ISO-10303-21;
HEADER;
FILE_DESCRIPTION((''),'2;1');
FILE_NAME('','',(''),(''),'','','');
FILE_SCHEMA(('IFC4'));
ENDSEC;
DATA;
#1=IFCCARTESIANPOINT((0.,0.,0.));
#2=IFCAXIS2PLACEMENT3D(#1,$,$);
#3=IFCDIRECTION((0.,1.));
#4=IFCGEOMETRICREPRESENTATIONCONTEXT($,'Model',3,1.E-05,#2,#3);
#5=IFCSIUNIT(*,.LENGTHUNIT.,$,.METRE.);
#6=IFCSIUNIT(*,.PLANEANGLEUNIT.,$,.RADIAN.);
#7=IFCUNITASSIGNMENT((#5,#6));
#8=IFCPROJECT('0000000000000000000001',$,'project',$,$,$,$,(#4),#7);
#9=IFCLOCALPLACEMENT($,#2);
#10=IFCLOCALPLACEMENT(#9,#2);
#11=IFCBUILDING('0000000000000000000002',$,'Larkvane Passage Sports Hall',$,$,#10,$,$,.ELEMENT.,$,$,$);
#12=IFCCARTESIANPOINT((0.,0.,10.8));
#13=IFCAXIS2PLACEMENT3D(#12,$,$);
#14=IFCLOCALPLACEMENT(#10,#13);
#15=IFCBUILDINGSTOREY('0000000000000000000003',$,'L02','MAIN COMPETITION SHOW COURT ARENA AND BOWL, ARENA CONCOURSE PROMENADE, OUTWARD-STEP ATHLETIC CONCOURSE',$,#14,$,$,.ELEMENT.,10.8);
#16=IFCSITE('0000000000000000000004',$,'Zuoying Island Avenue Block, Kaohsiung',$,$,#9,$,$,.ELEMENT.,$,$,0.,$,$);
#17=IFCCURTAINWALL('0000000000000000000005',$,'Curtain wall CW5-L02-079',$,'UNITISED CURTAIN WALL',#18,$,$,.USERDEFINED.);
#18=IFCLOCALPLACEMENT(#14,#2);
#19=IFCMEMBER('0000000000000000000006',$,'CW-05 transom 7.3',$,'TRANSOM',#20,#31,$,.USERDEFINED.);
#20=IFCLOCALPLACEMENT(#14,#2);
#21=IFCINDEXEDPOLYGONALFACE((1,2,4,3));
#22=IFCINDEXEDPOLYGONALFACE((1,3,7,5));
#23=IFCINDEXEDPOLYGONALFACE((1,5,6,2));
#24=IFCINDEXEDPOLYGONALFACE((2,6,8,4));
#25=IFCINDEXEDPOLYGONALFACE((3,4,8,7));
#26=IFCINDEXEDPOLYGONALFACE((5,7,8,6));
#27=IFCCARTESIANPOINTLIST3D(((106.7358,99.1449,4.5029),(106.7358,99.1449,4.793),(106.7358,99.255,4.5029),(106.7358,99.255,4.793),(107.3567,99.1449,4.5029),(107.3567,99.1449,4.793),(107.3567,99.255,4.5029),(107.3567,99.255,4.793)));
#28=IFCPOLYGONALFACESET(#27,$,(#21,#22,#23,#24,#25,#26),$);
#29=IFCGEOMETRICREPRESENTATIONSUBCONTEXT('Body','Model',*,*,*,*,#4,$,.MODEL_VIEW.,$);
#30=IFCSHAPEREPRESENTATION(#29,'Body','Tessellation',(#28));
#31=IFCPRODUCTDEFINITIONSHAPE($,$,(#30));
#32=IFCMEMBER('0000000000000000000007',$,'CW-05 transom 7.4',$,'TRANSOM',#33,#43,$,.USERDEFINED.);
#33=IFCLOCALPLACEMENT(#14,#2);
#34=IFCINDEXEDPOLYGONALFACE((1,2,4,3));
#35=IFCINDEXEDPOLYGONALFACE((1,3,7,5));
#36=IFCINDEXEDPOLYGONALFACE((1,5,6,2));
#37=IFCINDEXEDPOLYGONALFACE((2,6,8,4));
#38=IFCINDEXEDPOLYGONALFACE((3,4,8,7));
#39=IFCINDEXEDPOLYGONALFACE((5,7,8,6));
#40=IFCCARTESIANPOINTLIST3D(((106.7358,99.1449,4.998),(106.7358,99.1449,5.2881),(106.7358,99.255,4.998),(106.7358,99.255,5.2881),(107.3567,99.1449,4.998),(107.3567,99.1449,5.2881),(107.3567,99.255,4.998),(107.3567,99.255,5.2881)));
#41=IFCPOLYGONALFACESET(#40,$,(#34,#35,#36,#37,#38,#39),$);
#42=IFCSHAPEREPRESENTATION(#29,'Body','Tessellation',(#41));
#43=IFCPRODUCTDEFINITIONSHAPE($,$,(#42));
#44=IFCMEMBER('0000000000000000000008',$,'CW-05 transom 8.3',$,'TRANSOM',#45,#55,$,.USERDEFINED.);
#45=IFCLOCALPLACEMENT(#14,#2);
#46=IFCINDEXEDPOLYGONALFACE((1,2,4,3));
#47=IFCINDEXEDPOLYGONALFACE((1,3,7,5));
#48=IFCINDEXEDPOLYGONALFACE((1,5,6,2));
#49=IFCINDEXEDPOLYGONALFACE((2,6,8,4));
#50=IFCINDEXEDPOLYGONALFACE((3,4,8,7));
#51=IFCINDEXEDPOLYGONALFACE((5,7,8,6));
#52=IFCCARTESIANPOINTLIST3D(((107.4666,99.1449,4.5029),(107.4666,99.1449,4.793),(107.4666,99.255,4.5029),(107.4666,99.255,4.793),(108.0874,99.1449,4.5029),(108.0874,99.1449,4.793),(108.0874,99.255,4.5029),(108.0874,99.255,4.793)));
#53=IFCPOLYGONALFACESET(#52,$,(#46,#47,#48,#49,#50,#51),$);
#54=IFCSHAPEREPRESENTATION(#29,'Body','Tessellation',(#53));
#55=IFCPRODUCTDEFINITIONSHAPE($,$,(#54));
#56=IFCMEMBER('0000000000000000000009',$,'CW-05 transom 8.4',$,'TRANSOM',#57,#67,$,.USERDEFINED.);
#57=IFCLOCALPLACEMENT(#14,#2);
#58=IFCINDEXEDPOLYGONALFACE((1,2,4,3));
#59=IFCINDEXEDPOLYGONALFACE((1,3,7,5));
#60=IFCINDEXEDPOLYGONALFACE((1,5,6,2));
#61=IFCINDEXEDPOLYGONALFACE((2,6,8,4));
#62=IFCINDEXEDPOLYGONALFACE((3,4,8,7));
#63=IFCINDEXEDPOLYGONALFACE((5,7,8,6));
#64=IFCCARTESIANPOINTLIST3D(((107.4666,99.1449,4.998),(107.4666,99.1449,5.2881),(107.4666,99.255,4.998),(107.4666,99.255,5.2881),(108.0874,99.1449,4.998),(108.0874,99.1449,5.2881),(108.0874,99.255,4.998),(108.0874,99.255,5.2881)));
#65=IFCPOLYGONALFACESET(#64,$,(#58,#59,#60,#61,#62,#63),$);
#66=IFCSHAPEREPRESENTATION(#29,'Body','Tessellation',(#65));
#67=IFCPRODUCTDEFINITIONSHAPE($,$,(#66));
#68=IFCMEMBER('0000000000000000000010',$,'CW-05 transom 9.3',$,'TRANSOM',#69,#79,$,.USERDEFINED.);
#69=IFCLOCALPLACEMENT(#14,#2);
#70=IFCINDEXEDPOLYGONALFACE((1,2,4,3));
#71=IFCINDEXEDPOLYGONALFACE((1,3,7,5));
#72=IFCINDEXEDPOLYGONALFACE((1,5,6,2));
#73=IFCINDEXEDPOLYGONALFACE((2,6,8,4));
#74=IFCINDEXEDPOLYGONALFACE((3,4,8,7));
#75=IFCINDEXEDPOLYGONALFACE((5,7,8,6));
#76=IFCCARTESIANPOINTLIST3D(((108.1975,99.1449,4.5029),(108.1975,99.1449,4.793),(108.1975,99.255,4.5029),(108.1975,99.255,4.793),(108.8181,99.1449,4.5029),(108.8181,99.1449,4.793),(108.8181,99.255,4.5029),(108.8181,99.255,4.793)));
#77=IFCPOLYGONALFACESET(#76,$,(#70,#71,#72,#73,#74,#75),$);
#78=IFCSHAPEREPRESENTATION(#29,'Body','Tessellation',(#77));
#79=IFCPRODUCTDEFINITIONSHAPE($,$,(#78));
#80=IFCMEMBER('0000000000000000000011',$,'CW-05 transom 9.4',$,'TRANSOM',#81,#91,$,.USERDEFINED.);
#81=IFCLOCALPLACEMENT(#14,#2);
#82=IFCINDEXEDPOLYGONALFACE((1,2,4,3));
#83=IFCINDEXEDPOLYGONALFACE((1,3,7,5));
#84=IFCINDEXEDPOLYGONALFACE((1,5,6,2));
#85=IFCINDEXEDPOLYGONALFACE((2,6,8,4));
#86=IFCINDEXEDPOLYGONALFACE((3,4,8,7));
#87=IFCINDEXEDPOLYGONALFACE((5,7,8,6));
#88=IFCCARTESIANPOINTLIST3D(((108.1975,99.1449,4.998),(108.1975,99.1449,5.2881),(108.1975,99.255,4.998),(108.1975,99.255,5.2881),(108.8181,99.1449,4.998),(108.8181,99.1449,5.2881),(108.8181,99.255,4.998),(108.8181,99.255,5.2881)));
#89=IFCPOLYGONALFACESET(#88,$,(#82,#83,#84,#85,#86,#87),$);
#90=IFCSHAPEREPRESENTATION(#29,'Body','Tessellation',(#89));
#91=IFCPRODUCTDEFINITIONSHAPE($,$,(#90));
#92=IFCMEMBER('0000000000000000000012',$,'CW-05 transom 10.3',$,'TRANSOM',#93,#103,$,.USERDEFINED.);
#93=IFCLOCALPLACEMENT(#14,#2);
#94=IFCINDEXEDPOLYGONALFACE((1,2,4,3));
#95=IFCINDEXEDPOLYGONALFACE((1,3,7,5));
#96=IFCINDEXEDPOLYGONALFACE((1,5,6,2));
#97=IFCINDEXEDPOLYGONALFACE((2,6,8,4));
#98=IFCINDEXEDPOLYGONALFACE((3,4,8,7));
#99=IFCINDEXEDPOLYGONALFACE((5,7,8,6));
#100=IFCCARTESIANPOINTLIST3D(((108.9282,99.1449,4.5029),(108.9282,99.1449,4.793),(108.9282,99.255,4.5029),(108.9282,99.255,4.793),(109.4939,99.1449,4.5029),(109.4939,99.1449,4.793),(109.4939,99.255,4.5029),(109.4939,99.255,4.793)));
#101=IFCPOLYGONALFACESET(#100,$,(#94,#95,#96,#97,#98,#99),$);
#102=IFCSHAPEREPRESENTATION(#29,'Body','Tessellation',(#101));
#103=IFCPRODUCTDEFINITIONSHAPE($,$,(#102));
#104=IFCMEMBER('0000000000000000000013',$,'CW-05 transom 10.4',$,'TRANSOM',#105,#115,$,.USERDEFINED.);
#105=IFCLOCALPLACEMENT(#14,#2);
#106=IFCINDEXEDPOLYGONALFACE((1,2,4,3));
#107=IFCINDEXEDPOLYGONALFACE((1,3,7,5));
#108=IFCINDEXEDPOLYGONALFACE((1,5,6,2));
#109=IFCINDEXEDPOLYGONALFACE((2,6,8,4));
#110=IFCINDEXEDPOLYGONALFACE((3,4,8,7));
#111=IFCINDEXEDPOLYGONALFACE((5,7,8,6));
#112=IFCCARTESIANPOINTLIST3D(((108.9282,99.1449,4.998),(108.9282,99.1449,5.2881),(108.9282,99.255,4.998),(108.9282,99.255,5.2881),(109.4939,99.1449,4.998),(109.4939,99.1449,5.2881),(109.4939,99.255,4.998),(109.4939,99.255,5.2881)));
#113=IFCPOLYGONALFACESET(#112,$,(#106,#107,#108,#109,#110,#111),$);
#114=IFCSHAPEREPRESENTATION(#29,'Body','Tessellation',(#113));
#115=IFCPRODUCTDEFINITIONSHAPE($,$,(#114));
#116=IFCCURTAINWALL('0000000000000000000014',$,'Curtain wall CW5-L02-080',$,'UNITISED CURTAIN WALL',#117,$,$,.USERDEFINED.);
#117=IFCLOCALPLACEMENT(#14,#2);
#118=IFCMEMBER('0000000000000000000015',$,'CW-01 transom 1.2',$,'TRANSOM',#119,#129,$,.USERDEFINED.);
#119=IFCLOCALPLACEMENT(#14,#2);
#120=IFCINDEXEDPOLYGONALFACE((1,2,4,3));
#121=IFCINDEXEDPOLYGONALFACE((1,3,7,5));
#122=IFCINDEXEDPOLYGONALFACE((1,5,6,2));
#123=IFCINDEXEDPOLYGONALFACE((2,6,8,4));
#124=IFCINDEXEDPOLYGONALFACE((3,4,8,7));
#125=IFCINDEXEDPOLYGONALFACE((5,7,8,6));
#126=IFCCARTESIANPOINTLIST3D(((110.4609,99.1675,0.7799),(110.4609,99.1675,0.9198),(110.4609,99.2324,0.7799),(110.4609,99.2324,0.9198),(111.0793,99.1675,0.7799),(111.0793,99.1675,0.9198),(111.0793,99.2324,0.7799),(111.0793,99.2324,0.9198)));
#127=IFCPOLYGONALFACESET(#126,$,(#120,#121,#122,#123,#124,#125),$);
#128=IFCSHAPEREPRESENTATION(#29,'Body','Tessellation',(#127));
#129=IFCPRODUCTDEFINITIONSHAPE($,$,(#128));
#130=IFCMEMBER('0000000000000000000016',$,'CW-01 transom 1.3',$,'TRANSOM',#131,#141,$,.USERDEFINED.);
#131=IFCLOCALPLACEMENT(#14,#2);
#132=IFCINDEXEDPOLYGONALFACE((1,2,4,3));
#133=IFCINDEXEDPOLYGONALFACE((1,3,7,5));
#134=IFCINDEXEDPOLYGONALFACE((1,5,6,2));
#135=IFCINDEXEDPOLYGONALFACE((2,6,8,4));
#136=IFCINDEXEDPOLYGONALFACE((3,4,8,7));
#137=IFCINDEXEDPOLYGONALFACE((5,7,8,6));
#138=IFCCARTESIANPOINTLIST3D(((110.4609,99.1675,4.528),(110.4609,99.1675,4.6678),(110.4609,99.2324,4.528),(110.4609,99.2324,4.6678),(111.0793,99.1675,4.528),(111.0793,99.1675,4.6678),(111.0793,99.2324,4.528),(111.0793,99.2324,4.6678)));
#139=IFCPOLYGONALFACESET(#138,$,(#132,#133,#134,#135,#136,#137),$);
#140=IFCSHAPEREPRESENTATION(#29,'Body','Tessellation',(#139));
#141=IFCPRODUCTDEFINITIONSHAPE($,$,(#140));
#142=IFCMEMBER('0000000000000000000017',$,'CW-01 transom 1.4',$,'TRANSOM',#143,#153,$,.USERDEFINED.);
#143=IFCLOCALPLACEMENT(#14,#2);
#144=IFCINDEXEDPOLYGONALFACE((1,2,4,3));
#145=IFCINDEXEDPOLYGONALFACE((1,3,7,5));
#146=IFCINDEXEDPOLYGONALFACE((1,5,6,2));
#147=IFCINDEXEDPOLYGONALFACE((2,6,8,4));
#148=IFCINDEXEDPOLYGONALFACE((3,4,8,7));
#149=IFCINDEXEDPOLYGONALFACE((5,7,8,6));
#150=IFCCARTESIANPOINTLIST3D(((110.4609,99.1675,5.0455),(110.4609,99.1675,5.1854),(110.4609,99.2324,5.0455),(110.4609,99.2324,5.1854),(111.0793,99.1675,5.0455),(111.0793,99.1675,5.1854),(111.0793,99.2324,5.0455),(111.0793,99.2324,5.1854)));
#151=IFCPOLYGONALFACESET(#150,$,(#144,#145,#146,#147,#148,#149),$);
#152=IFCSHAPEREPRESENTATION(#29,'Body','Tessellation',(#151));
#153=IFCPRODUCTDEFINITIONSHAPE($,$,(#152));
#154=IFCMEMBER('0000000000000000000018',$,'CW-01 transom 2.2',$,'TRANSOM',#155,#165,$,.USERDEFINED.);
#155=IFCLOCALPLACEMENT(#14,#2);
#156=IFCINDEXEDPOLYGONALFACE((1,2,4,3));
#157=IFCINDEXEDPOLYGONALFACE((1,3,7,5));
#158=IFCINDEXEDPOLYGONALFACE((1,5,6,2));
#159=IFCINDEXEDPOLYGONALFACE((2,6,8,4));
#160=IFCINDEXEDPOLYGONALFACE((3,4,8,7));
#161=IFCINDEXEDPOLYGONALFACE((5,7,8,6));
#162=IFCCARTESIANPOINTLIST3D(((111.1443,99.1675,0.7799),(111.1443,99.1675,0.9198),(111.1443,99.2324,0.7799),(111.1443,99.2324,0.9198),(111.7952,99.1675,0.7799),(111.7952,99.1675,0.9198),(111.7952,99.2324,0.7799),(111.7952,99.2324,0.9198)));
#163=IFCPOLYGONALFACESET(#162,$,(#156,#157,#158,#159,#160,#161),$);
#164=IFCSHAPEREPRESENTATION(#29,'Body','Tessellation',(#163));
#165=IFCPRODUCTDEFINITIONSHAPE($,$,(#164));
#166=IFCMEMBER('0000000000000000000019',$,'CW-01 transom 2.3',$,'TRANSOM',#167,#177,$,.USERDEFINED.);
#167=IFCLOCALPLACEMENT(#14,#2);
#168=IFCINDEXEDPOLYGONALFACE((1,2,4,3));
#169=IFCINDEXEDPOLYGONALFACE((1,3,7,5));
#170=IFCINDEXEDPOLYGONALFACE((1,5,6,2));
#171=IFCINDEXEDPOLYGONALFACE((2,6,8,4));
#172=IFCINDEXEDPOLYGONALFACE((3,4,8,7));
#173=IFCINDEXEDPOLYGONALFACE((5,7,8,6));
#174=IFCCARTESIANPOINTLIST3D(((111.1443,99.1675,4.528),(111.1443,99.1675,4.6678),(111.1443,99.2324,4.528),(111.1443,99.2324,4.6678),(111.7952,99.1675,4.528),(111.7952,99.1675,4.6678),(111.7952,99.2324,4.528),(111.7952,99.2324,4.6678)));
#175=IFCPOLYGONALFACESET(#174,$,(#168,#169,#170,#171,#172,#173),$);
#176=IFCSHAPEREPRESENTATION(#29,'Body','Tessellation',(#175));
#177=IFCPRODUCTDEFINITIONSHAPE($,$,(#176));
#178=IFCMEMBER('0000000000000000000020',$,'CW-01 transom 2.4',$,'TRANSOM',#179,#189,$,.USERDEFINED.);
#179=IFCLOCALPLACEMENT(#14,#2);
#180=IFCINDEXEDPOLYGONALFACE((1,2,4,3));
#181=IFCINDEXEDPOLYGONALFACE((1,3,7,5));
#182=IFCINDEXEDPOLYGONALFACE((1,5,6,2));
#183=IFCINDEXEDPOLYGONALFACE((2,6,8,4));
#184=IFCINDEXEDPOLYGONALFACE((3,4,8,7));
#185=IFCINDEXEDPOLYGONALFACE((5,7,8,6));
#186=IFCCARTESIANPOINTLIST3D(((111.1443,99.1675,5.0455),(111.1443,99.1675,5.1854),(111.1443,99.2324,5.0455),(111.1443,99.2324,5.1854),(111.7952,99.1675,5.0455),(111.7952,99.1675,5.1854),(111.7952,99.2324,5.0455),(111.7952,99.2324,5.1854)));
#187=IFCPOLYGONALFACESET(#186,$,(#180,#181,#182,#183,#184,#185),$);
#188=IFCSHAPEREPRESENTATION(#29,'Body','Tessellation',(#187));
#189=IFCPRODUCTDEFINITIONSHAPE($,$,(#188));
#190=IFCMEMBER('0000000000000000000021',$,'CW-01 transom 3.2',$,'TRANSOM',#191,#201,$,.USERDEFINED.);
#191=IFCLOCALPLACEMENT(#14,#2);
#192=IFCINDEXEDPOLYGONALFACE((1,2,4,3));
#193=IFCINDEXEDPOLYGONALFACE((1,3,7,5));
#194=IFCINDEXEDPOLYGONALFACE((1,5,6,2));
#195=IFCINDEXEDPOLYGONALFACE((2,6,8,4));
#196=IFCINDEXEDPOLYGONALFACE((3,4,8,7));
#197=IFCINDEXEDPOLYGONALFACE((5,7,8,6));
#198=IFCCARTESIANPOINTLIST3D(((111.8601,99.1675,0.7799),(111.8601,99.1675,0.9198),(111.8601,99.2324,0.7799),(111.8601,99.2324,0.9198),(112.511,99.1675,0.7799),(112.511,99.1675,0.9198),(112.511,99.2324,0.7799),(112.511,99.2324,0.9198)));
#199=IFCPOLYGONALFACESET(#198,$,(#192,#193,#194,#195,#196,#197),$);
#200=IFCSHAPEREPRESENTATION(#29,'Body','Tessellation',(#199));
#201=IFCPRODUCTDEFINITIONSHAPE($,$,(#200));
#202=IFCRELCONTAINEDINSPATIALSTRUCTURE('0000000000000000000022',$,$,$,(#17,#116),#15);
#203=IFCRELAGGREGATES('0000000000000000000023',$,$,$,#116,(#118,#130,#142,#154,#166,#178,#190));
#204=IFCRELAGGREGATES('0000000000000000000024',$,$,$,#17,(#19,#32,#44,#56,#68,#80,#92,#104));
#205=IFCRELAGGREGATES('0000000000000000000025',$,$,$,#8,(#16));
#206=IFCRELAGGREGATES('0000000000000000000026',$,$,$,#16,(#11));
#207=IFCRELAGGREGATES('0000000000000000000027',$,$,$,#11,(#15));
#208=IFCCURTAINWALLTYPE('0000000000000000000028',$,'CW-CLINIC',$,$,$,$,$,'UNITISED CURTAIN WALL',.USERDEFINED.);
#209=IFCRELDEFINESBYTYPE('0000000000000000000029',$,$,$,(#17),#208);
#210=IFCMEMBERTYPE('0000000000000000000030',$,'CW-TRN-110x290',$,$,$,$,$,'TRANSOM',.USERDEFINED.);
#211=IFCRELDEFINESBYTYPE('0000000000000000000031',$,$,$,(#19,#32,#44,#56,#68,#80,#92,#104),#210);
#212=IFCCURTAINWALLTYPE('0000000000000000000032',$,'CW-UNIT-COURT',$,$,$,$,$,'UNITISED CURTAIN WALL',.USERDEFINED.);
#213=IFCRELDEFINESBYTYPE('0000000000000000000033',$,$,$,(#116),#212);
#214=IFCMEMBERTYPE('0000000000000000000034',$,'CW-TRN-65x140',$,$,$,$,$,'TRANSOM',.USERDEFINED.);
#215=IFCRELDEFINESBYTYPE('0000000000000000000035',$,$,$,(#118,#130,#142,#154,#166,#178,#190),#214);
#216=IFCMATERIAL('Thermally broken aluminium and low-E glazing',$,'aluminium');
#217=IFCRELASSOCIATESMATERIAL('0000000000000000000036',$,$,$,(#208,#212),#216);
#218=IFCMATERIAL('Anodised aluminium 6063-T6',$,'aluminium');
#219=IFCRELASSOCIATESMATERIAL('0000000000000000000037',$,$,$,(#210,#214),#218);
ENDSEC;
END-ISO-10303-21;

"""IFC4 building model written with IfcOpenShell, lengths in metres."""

from ifc_helpers import new_model, si_unit, direction, frame, origin, origin_2d, place, context, subcontext, project, spatial, rectangle, extrude, material, material_profile, profile_set, type_object, element, aggregate, save


model = new_model("IFC4")

# Units and contexts
model_context = context("Model", 3, precision=1e-05, world=origin(), true_north=direction((0.0, 1.0)))
body_context = subcontext(model_context, "Body", "Model", "MODEL_VIEW")
ifc_project = project(units=[si_unit("LENGTHUNIT", "METRE"), si_unit("PLANEANGLEUNIT", "RADIAN")], contexts=[model_context])

# Site, building, storey
site_placement = place(None, origin())
site = spatial("IfcSite", under=ifc_project, at=site_placement, Name="Zuoying Island Avenue Block, Kaohsiung", CompositionType="ELEMENT", RefElevation=0.0)
building_placement = place(site_placement, origin())
building = spatial("IfcBuilding", under=site, at=building_placement, Name="Larkvane Passage Sports Hall", CompositionType="ELEMENT")
storey_placement = place(building_placement, frame((0.0, 0.0, 10.8)))
storey = spatial("IfcBuildingStorey", under=building, at=storey_placement, Name="L02", Description="MAIN COMPETITION SHOW COURT ARENA AND BOWL, ARENA CONCOURSE PROMENADE, OUTWARD-STEP ATHLETIC CONCOURSE", CompositionType="ELEMENT", Elevation=10.8)

# Curtain wall, members
ifc_material_1 = material(Name="Thermally broken aluminium and low-E glazing", Category="aluminium")
curtain_wall_type_1 = type_object("IfcCurtainWallType", Name="CW-CLINIC", ElementType="UNITISED CURTAIN WALL", PredefinedType="USERDEFINED", material=ifc_material_1)
curtain_wall_1_placement = place(storey_placement, origin())
curtain_wall_1 = element("IfcCurtainWall", 1, at=curtain_wall_1_placement, inside=storey, type_object=curtain_wall_type_1, Name="Curtain wall CW5-L02-079", ObjectType="UNITISED CURTAIN WALL", PredefinedType="USERDEFINED")
ifc_material_2 = material(Name="Anodised aluminium 6063-T6", Category="aluminium")
ifc_material_profile_1 = material_profile(ifc_material_2, rectangle(XDim=0.1101, YDim=0.29, at=origin_2d()), Name="ALU-TRN-110x290")
ifc_profile_set_1 = profile_set([ifc_material_profile_1], Name="Anodised aluminium 6063-T6")
member_type_1 = type_object("IfcMemberType", Name="CW-TRN-110x290", ElementType="TRANSOM", PredefinedType="USERDEFINED", material=ifc_profile_set_1)
member_1_placement = place(storey_placement, frame((106.7358, 99.2, 4.6479), z_axis=(1.0, 0.0, 0.0), x_axis=(0.0, 1.0, 0.0)))
member_1 = element("IfcMember", 2, at=member_1_placement, type_object=member_type_1, Name="CW-05 transom 7.3", ObjectType="TRANSOM", PredefinedType="USERDEFINED", context=body_context, shape_type="SweptSolid", body=[
    extrude(rectangle(XDim=0.1101, YDim=0.29, at=origin_2d()), origin(), (0.0, 0.0, 1.0), 0.6208),
])
member_2_placement = place(storey_placement, frame((106.7358, 99.2, 5.1431), z_axis=(1.0, 0.0, 0.0), x_axis=(0.0, 1.0, 0.0)))
member_2 = element("IfcMember", 3, at=member_2_placement, type_object=member_type_1, Name="CW-05 transom 7.4", ObjectType="TRANSOM", PredefinedType="USERDEFINED", context=body_context, shape_type="SweptSolid", body=[
    extrude(rectangle(XDim=0.1101, YDim=0.29, at=origin_2d()), origin(), (0.0, 0.0, 1.0), 0.6208),
])
member_3_placement = place(storey_placement, frame((107.4666, 99.2, 4.6479), z_axis=(1.0, 0.0, 0.0), x_axis=(0.0, 1.0, 0.0)))
member_3 = element("IfcMember", 4, at=member_3_placement, type_object=member_type_1, Name="CW-05 transom 8.3", ObjectType="TRANSOM", PredefinedType="USERDEFINED", context=body_context, shape_type="SweptSolid", body=[
    extrude(rectangle(XDim=0.1101, YDim=0.29, at=origin_2d()), origin(), (0.0, 0.0, 1.0), 0.6208),
])
member_4_placement = place(storey_placement, frame((107.4666, 99.2, 5.1431), z_axis=(1.0, 0.0, 0.0), x_axis=(0.0, 1.0, 0.0)))
member_4 = element("IfcMember", 5, at=member_4_placement, type_object=member_type_1, Name="CW-05 transom 8.4", ObjectType="TRANSOM", PredefinedType="USERDEFINED", context=body_context, shape_type="SweptSolid", body=[
    extrude(rectangle(XDim=0.1101, YDim=0.29, at=origin_2d()), origin(), (0.0, 0.0, 1.0), 0.6208),
])
member_5_placement = place(storey_placement, frame((108.1975, 99.2, 4.6479), z_axis=(1.0, 0.0, 0.0), x_axis=(0.0, 1.0, 0.0)))
member_5 = element("IfcMember", 6, at=member_5_placement, type_object=member_type_1, Name="CW-05 transom 9.3", ObjectType="TRANSOM", PredefinedType="USERDEFINED", context=body_context, shape_type="SweptSolid", body=[
    extrude(rectangle(XDim=0.1101, YDim=0.29, at=origin_2d()), origin(), (0.0, 0.0, 1.0), 0.6206),
])
member_6_placement = place(storey_placement, frame((108.1975, 99.2, 5.1431), z_axis=(1.0, 0.0, 0.0), x_axis=(0.0, 1.0, 0.0)))
member_6 = element("IfcMember", 7, at=member_6_placement, type_object=member_type_1, Name="CW-05 transom 9.4", ObjectType="TRANSOM", PredefinedType="USERDEFINED", context=body_context, shape_type="SweptSolid", body=[
    extrude(rectangle(XDim=0.1101, YDim=0.29, at=origin_2d()), origin(), (0.0, 0.0, 1.0), 0.6206),
])
member_7_placement = place(storey_placement, frame((108.9282, 99.2, 4.6479), z_axis=(1.0, 0.0, 0.0), x_axis=(0.0, 1.0, 0.0)))
member_7 = element("IfcMember", 8, at=member_7_placement, type_object=member_type_1, Name="CW-05 transom 10.3", ObjectType="TRANSOM", PredefinedType="USERDEFINED", context=body_context, shape_type="SweptSolid", body=[
    extrude(rectangle(XDim=0.1101, YDim=0.29, at=origin_2d()), origin(), (0.0, 0.0, 1.0), 0.5657),
])
member_8_placement = place(storey_placement, frame((108.9282, 99.2, 5.1431), z_axis=(1.0, 0.0, 0.0), x_axis=(0.0, 1.0, 0.0)))
member_8 = element("IfcMember", 9, at=member_8_placement, type_object=member_type_1, Name="CW-05 transom 10.4", ObjectType="TRANSOM", PredefinedType="USERDEFINED", context=body_context, shape_type="SweptSolid", body=[
    extrude(rectangle(XDim=0.1101, YDim=0.29, at=origin_2d()), origin(), (0.0, 0.0, 1.0), 0.5657),
])

# Curtain wall, members
curtain_wall_type_2 = type_object("IfcCurtainWallType", Name="CW-UNIT-COURT", ElementType="UNITISED CURTAIN WALL", PredefinedType="USERDEFINED", material=ifc_material_1)
curtain_wall_2_placement = place(storey_placement, origin())
curtain_wall_2 = element("IfcCurtainWall", 10, at=curtain_wall_2_placement, inside=storey, type_object=curtain_wall_type_2, Name="Curtain wall CW5-L02-080", ObjectType="UNITISED CURTAIN WALL", PredefinedType="USERDEFINED")
ifc_material_profile_2 = material_profile(ifc_material_2, rectangle(XDim=0.0649, YDim=0.1399, at=origin_2d()), Name="ALU-TRN-65x140")
ifc_profile_set_2 = profile_set([ifc_material_profile_2], Name="Anodised aluminium 6063-T6")
member_type_2 = type_object("IfcMemberType", Name="CW-TRN-65x140", ElementType="TRANSOM", PredefinedType="USERDEFINED", material=ifc_profile_set_2)
member_9_placement = place(storey_placement, frame((110.4609, 99.2, 0.8499), z_axis=(1.0, 0.0, 0.0), x_axis=(0.0, 1.0, 0.0)))
member_9 = element("IfcMember", 11, at=member_9_placement, type_object=member_type_2, Name="CW-01 transom 1.2", ObjectType="TRANSOM", PredefinedType="USERDEFINED", context=body_context, shape_type="SweptSolid", body=[
    extrude(rectangle(XDim=0.0649, YDim=0.1399, at=origin_2d()), origin(), (0.0, 0.0, 1.0), 0.6184),
])
member_10_placement = place(storey_placement, frame((110.4609, 99.2, 4.5979), z_axis=(1.0, 0.0, 0.0), x_axis=(0.0, 1.0, 0.0)))
member_10 = element("IfcMember", 12, at=member_10_placement, type_object=member_type_2, Name="CW-01 transom 1.3", ObjectType="TRANSOM", PredefinedType="USERDEFINED", context=body_context, shape_type="SweptSolid", body=[
    extrude(rectangle(XDim=0.0649, YDim=0.1399, at=origin_2d()), origin(), (0.0, 0.0, 1.0), 0.6184),
])
member_11_placement = place(storey_placement, frame((110.4609, 99.2, 5.1155), z_axis=(1.0, 0.0, 0.0), x_axis=(0.0, 1.0, 0.0)))
member_11 = element("IfcMember", 13, at=member_11_placement, type_object=member_type_2, Name="CW-01 transom 1.4", ObjectType="TRANSOM", PredefinedType="USERDEFINED", context=body_context, shape_type="SweptSolid", body=[
    extrude(rectangle(XDim=0.0649, YDim=0.1399, at=origin_2d()), origin(), (0.0, 0.0, 1.0), 0.6184),
])
member_12_placement = place(storey_placement, frame((111.1443, 99.2, 0.8499), z_axis=(1.0, 0.0, 0.0), x_axis=(0.0, 1.0, 0.0)))
member_12 = element("IfcMember", 14, at=member_12_placement, type_object=member_type_2, Name="CW-01 transom 2.2", ObjectType="TRANSOM", PredefinedType="USERDEFINED", context=body_context, shape_type="SweptSolid", body=[
    extrude(rectangle(XDim=0.0649, YDim=0.1399, at=origin_2d()), origin(), (0.0, 0.0, 1.0), 0.6509),
])
member_13_placement = place(storey_placement, frame((111.1443, 99.2, 4.5979), z_axis=(1.0, 0.0, 0.0), x_axis=(0.0, 1.0, 0.0)))
member_13 = element("IfcMember", 15, at=member_13_placement, type_object=member_type_2, Name="CW-01 transom 2.3", ObjectType="TRANSOM", PredefinedType="USERDEFINED", context=body_context, shape_type="SweptSolid", body=[
    extrude(rectangle(XDim=0.0649, YDim=0.1399, at=origin_2d()), origin(), (0.0, 0.0, 1.0), 0.6509),
])
member_14_placement = place(storey_placement, frame((111.1443, 99.2, 5.1155), z_axis=(1.0, 0.0, 0.0), x_axis=(0.0, 1.0, 0.0)))
member_14 = element("IfcMember", 16, at=member_14_placement, type_object=member_type_2, Name="CW-01 transom 2.4", ObjectType="TRANSOM", PredefinedType="USERDEFINED", context=body_context, shape_type="SweptSolid", body=[
    extrude(rectangle(XDim=0.0649, YDim=0.1399, at=origin_2d()), origin(), (0.0, 0.0, 1.0), 0.6509),
])
member_15_placement = place(storey_placement, frame((111.8601, 99.2, 0.8499), z_axis=(1.0, 0.0, 0.0), x_axis=(0.0, 1.0, 0.0)))
member_15 = element("IfcMember", 17, at=member_15_placement, type_object=member_type_2, Name="CW-01 transom 3.2", ObjectType="TRANSOM", PredefinedType="USERDEFINED", context=body_context, shape_type="SweptSolid", body=[
    extrude(rectangle(XDim=0.0649, YDim=0.1399, at=origin_2d()), origin(), (0.0, 0.0, 1.0), 0.6509),
])
aggregate(curtain_wall_2, [member_9, member_10, member_11, member_12, member_13, member_14, member_15])

aggregate(curtain_wall_1, [member_1, member_2, member_3, member_4, member_5, member_6, member_7, member_8])

save(model, "model.ifc")
